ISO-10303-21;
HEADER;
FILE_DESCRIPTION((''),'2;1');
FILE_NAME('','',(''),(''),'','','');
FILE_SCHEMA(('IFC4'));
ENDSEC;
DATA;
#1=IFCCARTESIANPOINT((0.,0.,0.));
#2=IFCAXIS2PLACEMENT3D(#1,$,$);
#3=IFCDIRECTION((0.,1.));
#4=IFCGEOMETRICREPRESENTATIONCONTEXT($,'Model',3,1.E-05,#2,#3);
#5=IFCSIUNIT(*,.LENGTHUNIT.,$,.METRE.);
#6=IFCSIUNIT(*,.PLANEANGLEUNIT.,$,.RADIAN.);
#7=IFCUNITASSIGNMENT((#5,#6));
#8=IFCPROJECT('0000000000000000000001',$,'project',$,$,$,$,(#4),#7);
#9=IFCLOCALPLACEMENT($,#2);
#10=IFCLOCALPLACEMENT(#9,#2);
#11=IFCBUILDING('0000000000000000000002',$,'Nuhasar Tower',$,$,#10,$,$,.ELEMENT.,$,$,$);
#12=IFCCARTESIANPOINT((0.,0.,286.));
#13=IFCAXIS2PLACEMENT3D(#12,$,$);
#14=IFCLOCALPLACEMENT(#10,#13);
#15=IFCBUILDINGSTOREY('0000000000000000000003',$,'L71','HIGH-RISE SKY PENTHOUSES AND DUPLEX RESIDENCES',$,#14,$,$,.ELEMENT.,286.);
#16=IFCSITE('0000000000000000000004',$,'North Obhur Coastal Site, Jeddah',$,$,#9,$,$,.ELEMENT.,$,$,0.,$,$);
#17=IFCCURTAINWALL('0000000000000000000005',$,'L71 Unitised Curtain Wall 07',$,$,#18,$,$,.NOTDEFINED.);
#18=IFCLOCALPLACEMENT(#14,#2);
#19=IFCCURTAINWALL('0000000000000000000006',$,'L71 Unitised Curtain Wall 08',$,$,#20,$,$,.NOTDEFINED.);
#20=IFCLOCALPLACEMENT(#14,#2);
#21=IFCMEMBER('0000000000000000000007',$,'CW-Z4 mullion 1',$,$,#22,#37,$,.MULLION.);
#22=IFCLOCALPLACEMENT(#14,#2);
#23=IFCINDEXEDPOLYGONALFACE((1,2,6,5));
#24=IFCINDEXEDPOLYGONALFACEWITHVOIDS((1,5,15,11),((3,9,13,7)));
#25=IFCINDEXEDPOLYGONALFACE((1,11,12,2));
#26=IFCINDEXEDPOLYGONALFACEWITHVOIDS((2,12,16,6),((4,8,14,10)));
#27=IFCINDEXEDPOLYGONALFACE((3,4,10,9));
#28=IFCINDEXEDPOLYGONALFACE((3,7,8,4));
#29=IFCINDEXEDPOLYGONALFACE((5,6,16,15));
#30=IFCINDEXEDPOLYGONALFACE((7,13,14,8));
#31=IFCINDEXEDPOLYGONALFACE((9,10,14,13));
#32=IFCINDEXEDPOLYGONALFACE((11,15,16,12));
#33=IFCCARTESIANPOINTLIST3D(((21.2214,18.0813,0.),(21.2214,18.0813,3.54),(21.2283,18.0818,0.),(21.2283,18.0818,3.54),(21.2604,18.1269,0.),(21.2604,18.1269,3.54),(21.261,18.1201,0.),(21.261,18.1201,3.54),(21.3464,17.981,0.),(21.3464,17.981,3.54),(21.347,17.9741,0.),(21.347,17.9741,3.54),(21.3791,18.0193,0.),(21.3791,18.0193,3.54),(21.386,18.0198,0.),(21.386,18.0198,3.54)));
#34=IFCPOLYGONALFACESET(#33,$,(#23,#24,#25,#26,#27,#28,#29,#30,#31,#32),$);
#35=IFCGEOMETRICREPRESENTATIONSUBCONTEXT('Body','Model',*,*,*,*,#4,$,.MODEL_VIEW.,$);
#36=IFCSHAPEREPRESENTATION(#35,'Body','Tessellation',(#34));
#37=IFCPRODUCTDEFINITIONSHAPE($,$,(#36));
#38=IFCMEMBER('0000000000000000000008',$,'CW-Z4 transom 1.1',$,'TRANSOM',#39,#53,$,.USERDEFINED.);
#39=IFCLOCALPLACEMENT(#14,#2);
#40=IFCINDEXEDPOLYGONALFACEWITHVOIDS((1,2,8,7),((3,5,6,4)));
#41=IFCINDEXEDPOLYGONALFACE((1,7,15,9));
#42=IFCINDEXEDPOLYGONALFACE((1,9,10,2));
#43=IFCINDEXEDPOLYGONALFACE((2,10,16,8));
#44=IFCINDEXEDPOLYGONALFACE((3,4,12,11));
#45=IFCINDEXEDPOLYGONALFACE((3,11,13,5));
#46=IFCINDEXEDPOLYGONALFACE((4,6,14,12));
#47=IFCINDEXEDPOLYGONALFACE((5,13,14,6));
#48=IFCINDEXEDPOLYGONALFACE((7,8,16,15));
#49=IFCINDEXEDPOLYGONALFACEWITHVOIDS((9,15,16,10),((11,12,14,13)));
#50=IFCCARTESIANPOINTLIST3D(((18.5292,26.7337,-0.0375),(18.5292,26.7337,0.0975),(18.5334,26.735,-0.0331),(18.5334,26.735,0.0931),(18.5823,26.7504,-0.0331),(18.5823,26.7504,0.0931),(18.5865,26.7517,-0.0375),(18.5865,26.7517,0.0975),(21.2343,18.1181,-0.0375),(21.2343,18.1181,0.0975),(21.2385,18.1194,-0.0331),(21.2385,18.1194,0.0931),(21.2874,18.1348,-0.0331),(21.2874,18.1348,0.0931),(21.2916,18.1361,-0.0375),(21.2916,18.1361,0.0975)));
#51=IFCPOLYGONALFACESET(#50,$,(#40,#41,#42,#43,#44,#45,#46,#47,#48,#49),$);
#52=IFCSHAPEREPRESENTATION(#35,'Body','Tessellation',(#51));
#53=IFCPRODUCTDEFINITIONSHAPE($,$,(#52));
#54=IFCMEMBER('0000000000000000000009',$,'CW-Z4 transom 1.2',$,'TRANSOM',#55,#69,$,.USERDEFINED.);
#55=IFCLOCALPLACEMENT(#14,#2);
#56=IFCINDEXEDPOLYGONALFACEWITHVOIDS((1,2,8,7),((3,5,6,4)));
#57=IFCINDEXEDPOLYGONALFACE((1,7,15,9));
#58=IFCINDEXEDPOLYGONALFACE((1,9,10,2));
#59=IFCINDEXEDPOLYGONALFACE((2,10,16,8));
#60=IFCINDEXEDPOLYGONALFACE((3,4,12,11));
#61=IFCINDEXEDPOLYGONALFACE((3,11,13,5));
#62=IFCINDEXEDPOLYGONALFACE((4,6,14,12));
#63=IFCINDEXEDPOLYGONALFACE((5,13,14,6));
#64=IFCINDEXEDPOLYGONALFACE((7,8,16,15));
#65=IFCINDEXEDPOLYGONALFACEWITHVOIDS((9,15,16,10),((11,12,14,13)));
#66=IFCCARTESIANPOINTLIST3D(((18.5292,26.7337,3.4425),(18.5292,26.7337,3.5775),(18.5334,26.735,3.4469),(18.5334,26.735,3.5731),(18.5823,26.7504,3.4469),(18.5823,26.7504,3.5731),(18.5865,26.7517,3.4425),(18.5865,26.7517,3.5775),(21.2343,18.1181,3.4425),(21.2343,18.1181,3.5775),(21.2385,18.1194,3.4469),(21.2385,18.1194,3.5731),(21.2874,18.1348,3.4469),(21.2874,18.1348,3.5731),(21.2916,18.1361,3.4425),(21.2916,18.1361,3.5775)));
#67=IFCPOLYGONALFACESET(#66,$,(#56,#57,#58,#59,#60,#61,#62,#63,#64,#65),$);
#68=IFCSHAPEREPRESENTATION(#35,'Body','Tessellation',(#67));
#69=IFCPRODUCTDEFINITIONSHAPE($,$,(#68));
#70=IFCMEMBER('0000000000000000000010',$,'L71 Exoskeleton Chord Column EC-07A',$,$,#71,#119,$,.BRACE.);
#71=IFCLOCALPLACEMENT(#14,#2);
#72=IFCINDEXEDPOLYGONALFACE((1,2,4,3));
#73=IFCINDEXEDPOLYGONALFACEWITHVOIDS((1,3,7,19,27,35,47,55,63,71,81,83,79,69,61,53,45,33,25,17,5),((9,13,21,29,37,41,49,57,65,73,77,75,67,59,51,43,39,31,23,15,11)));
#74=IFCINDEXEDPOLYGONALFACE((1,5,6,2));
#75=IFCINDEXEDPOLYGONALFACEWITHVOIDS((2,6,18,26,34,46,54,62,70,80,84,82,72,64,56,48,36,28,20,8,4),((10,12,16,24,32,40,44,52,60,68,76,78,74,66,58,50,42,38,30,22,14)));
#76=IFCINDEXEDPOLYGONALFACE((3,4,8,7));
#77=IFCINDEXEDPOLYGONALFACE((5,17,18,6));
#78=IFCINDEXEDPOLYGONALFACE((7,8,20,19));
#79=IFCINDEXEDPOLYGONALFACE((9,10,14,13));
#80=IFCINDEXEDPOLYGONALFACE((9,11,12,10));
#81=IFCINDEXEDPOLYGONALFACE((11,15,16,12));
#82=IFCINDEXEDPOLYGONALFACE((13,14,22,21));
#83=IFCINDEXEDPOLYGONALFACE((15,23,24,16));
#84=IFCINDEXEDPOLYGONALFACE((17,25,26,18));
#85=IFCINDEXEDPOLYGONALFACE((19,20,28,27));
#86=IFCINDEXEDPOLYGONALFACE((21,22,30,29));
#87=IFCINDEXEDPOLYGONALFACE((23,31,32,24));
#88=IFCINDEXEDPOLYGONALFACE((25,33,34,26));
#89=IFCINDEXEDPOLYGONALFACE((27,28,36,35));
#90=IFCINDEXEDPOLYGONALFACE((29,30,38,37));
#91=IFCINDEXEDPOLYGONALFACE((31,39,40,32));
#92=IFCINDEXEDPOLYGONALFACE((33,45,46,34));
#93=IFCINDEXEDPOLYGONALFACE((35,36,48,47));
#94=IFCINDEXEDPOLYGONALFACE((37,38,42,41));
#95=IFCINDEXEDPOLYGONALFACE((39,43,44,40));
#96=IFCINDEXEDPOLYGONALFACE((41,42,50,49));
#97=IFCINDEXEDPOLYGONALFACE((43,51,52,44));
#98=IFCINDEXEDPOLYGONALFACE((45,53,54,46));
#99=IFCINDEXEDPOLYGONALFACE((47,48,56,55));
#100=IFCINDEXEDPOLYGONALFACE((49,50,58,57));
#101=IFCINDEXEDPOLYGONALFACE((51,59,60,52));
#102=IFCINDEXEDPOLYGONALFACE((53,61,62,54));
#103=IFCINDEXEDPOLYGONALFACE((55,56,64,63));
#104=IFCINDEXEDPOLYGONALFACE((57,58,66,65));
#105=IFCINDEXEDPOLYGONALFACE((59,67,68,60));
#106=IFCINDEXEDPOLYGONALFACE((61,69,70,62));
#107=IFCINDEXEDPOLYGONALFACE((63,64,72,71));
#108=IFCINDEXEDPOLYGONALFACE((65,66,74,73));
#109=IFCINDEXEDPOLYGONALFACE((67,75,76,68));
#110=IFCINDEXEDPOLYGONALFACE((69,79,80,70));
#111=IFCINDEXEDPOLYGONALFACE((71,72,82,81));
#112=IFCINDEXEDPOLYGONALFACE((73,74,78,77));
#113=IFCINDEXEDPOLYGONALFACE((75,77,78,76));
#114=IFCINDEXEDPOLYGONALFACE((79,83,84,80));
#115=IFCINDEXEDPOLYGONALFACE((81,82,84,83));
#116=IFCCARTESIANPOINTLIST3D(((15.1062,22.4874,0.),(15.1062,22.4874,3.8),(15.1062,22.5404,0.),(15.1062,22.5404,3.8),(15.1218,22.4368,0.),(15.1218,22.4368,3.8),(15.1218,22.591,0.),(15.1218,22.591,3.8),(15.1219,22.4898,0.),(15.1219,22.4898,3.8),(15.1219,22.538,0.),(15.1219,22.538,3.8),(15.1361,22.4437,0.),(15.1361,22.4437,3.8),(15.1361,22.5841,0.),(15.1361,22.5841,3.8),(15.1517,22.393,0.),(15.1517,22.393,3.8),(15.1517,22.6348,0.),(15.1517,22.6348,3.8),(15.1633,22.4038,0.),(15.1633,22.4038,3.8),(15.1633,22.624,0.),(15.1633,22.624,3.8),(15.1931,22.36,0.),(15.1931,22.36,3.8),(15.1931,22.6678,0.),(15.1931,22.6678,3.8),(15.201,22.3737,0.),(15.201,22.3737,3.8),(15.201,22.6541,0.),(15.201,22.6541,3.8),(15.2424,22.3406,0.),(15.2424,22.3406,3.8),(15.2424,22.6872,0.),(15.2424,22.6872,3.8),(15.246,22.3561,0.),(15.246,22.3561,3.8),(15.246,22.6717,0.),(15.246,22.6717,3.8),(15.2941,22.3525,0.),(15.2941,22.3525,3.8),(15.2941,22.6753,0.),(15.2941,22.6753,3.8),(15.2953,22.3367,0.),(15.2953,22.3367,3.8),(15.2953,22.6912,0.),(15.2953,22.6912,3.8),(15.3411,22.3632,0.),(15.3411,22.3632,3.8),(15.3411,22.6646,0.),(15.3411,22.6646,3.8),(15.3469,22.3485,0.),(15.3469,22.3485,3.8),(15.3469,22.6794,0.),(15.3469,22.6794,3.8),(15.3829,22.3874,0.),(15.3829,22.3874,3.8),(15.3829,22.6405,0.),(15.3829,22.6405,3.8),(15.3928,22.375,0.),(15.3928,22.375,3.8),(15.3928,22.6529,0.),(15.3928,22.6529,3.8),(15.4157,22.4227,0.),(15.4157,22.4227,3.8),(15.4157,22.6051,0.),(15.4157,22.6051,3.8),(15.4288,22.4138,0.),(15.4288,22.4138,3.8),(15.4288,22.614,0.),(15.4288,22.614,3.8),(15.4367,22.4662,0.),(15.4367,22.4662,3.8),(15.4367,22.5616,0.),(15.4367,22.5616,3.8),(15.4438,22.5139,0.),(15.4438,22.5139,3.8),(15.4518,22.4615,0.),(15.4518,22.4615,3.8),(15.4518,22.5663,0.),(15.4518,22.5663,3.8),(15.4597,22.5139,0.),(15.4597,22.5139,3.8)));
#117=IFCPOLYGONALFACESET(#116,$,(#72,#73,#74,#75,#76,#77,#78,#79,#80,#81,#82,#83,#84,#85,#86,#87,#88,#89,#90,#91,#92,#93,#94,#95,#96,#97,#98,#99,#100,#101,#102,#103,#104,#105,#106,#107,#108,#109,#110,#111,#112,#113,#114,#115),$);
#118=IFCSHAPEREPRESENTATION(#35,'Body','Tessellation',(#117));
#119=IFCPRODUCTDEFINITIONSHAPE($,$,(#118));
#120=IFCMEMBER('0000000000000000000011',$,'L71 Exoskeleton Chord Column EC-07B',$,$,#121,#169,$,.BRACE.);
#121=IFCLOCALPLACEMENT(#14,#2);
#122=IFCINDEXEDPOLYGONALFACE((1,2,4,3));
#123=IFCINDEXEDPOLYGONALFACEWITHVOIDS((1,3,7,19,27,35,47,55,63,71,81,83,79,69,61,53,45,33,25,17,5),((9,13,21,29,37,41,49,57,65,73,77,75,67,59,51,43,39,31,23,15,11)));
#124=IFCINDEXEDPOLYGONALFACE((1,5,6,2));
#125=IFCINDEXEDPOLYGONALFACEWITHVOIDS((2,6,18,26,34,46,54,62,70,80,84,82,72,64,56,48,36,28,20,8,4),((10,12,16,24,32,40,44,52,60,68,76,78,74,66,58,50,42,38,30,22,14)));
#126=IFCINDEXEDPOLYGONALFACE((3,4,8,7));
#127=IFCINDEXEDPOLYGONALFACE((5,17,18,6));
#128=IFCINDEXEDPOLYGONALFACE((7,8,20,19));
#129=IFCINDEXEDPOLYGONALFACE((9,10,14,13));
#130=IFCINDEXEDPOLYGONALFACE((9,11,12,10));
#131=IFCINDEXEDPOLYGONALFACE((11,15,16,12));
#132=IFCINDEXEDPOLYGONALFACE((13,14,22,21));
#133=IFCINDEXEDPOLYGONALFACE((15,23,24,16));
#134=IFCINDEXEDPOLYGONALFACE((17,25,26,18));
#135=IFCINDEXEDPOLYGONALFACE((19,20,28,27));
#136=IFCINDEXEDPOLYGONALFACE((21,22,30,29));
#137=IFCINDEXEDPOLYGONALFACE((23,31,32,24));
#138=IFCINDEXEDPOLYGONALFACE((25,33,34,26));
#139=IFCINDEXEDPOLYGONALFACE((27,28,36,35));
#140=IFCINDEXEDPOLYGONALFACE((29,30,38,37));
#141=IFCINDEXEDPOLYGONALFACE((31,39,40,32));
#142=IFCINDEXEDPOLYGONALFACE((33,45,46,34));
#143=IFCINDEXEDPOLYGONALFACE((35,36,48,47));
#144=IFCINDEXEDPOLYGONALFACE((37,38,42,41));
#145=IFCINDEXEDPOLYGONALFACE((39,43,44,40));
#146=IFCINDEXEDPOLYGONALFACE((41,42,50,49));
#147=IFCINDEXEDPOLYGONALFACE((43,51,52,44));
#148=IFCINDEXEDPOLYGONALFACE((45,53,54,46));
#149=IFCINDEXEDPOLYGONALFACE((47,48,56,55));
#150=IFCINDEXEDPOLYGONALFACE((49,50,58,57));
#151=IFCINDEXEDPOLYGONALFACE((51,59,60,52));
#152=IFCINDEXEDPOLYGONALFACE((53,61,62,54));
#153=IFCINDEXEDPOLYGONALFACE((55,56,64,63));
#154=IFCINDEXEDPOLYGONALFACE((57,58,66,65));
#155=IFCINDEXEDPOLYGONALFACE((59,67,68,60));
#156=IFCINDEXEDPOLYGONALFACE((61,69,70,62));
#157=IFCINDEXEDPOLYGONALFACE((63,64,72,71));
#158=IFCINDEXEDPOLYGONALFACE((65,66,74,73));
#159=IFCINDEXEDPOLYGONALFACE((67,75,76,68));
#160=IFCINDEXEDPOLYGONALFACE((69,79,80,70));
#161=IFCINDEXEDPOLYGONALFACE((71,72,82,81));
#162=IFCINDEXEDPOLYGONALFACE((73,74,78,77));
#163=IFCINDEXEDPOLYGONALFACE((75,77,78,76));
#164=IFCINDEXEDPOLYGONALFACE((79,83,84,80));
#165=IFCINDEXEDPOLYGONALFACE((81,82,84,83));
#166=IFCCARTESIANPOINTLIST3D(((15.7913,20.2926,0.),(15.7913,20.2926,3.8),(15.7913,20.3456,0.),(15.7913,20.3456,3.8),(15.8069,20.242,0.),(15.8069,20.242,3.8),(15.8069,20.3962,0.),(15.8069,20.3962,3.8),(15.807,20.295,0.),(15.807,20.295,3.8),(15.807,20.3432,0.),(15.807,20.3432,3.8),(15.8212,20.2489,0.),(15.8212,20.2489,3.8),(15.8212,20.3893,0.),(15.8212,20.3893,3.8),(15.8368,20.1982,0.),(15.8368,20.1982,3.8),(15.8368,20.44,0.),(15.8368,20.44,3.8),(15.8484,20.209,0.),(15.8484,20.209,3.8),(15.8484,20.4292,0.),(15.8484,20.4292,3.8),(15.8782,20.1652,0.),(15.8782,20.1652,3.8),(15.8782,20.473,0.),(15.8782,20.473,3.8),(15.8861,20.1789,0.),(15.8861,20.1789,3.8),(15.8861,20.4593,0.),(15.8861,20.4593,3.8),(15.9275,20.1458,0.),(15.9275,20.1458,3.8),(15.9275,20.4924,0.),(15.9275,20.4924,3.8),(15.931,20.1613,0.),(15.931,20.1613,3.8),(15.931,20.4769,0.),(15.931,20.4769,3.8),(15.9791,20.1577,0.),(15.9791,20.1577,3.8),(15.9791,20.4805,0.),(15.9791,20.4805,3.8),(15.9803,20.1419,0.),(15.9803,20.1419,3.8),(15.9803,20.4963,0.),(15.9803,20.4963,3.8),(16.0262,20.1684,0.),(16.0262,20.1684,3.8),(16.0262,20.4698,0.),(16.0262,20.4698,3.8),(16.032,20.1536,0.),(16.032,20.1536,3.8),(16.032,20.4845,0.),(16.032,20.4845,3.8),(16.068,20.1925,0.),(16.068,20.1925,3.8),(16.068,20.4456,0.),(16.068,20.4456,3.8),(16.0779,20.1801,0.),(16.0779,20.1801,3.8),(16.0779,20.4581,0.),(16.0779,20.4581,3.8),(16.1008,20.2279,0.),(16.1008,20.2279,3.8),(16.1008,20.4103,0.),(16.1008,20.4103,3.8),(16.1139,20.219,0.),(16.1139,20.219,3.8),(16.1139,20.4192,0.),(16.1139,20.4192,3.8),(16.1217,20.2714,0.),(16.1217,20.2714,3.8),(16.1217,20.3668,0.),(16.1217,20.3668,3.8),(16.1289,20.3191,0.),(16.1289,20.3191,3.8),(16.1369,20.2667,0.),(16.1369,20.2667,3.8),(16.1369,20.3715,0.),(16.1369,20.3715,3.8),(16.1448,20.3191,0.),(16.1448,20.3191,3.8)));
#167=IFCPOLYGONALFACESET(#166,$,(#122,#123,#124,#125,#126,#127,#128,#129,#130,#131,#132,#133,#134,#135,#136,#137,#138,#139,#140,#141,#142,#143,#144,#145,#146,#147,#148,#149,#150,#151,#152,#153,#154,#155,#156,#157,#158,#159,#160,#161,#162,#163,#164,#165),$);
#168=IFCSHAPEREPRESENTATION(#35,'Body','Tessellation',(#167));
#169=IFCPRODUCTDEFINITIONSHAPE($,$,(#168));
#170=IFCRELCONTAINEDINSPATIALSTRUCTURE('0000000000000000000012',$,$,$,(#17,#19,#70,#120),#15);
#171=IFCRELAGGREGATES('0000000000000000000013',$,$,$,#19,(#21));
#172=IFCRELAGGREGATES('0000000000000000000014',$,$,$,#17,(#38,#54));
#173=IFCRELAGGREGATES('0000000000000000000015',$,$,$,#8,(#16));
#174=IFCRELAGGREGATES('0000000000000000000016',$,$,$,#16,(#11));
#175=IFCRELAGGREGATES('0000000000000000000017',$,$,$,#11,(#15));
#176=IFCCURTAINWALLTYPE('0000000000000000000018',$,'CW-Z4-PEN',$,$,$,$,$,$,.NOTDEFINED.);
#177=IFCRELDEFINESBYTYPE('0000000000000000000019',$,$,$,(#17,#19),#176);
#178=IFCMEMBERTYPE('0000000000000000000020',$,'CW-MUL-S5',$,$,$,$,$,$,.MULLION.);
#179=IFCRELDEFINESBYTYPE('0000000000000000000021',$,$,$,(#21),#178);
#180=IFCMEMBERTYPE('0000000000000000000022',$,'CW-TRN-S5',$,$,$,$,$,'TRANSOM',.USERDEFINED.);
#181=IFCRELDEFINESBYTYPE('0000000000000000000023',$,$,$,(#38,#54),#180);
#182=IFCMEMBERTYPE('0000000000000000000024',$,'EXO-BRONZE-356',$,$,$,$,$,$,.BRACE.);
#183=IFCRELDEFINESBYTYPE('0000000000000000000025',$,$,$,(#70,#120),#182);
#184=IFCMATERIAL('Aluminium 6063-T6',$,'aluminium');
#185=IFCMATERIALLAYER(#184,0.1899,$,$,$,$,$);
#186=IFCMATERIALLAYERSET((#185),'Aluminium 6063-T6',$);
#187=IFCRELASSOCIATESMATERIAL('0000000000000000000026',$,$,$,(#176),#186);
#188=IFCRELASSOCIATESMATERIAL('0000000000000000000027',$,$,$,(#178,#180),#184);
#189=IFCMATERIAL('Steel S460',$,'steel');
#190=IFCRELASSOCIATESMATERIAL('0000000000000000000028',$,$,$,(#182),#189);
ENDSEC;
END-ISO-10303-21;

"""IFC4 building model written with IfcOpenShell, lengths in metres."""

from ifc_helpers import new_model, si_unit, direction, frame, origin, origin_2d, place, context, subcontext, project, spatial, hollow_rectangle, hollow_circle, extrude, material, layer, layer_set, material_profile, profile_set, type_object, element, aggregate, save


model = new_model("IFC4")

# Units and contexts
model_context = context("Model", 3, precision=1e-05, world=origin(), true_north=direction((0.0, 1.0)))
body_context = subcontext(model_context, "Body", "Model", "MODEL_VIEW")
ifc_project = project(units=[si_unit("LENGTHUNIT", "METRE"), si_unit("PLANEANGLEUNIT", "RADIAN")], contexts=[model_context])

# Site, building, storey
site_placement = place(None, origin())
site = spatial("IfcSite", under=ifc_project, at=site_placement, Name="North Obhur Coastal Site, Jeddah", CompositionType="ELEMENT", RefElevation=0.0)
building_placement = place(site_placement, origin())
building = spatial("IfcBuilding", under=site, at=building_placement, Name="Nuhasar Tower", CompositionType="ELEMENT")
storey_placement = place(building_placement, frame((0.0, 0.0, 286.0)))
storey = spatial("IfcBuildingStorey", under=building, at=storey_placement, Name="L71", Description="HIGH-RISE SKY PENTHOUSES AND DUPLEX RESIDENCES", CompositionType="ELEMENT", Elevation=286.0)

# Curtain wall
ifc_material_1 = material(Name="Aluminium 6063-T6", Category="aluminium")
ifc_layer_1 = layer(ifc_material_1, 0.1899)
ifc_layer_set_1 = layer_set([ifc_layer_1], Name="Aluminium 6063-T6")
curtain_wall_type = type_object("IfcCurtainWallType", Name="CW-Z4-PEN", PredefinedType="NOTDEFINED", material=ifc_layer_set_1)
curtain_wall_1_placement = place(storey_placement, origin())
curtain_wall_1 = element("IfcCurtainWall", 1, at=curtain_wall_1_placement, inside=storey, type_object=curtain_wall_type, Name="L71 Unitised Curtain Wall 07", PredefinedType="NOTDEFINED")
ifc_material_profile_1 = material_profile(ifc_material_1, hollow_rectangle(XDim=0.0601, YDim=0.165, WallThickness=0.0049, at=origin_2d()), Name="CWM-5")
ifc_profile_set_1 = profile_set([ifc_material_profile_1], Name="Aluminium 6063-T6")
member_type_1 = type_object("IfcMemberType", Name="CW-MUL-S5", PredefinedType="MULLION", material=ifc_profile_set_1)

# Curtain wall, member
curtain_wall_2_placement = place(storey_placement, origin())
curtain_wall_2 = element("IfcCurtainWall", 2, at=curtain_wall_2_placement, inside=storey, type_object=curtain_wall_type, Name="L71 Unitised Curtain Wall 08", PredefinedType="NOTDEFINED")
member_1_placement = place(storey_placement, frame((21.3037, 18.0505, 0.0), z_axis=(0.0, 0.0, 1.0), x_axis=(0.649142, 0.760667, 0.0)))
member_1 = element("IfcMember", 3, at=member_1_placement, type_object=member_type_1, Name="CW-Z4 mullion 1", PredefinedType="MULLION", context=body_context, shape_type="SweptSolid", body=[
    extrude(hollow_rectangle(XDim=0.0601, YDim=0.165, WallThickness=0.0049, at=origin_2d()), origin(), (0.0, 0.0, 1.0), 3.54),
])
aggregate(curtain_wall_2, [member_1])

# Members
ifc_material_profile_2 = material_profile(ifc_material_1, hollow_rectangle(XDim=0.0601, YDim=0.135, WallThickness=0.0044, at=origin_2d()), Name="CWT-5")
ifc_profile_set_2 = profile_set([ifc_material_profile_2], Name="Aluminium 6063-T6")
member_type_2 = type_object("IfcMemberType", Name="CW-TRN-S5", ElementType="TRANSOM", PredefinedType="USERDEFINED", material=ifc_profile_set_2)
member_2_placement = place(storey_placement, frame((18.5579, 26.7427, 0.03), z_axis=(0.29956, -0.954077, 0.0), x_axis=(0.954077, 0.29956, 0.0)))
member_2 = element("IfcMember", 4, at=member_2_placement, type_object=member_type_2, Name="CW-Z4 transom 1.1", ObjectType="TRANSOM", PredefinedType="USERDEFINED", context=body_context, shape_type="SweptSolid", body=[
    extrude(hollow_rectangle(XDim=0.0601, YDim=0.135, WallThickness=0.0044, at=origin_2d()), origin(), (0.0, 0.0, 1.0), 9.0303),
])
member_3_placement = place(storey_placement, frame((18.5579, 26.7427, 3.51), z_axis=(0.29956, -0.954077, 0.0), x_axis=(0.954077, 0.29956, 0.0)))
member_3 = element("IfcMember", 5, at=member_3_placement, type_object=member_type_2, Name="CW-Z4 transom 1.2", ObjectType="TRANSOM", PredefinedType="USERDEFINED", context=body_context, shape_type="SweptSolid", body=[
    extrude(hollow_rectangle(XDim=0.0601, YDim=0.135, WallThickness=0.0044, at=origin_2d()), origin(), (0.0, 0.0, 1.0), 9.0303),
])

# Members
ifc_material_2 = material(Name="Steel S460", Category="steel")
ifc_material_profile_3 = material_profile(ifc_material_2, hollow_circle(Radius=0.1777, WallThickness=0.0159, at=origin_2d()), Name="HSS355.6X15.9")
ifc_profile_set_3 = profile_set([ifc_material_profile_3], Name="Steel S460")
member_type_3 = type_object("IfcMemberType", Name="EXO-BRONZE-356", PredefinedType="BRACE", material=ifc_profile_set_3)
for number, where, z_axis, x_axis, name in (
    (6, (15.282, 22.5139, 0.0), (0.0, 0.0, 1.0), (1.0, 0.0, 0.0), "L71 Exoskeleton Chord Column EC-07A"),
    (7, (15.967, 20.3191, 0.0), (0.0, 0.0, 1.0), (1.0, 0.0, 0.0), "L71 Exoskeleton Chord Column EC-07B"),
):
    element("IfcMember", number, at=place(storey_placement, frame(where, z_axis=z_axis, x_axis=x_axis)), inside=storey, type_object=member_type_3, Name=name, PredefinedType="BRACE", context=body_context, shape_type="SweptSolid", body=[
        extrude(hollow_circle(Radius=0.1777, WallThickness=0.0159, at=origin_2d()), origin(), (0.0, 0.0, 1.0), 3.8),
    ])

aggregate(curtain_wall_1, [member_2, member_3])

save(model, "model.ifc")
